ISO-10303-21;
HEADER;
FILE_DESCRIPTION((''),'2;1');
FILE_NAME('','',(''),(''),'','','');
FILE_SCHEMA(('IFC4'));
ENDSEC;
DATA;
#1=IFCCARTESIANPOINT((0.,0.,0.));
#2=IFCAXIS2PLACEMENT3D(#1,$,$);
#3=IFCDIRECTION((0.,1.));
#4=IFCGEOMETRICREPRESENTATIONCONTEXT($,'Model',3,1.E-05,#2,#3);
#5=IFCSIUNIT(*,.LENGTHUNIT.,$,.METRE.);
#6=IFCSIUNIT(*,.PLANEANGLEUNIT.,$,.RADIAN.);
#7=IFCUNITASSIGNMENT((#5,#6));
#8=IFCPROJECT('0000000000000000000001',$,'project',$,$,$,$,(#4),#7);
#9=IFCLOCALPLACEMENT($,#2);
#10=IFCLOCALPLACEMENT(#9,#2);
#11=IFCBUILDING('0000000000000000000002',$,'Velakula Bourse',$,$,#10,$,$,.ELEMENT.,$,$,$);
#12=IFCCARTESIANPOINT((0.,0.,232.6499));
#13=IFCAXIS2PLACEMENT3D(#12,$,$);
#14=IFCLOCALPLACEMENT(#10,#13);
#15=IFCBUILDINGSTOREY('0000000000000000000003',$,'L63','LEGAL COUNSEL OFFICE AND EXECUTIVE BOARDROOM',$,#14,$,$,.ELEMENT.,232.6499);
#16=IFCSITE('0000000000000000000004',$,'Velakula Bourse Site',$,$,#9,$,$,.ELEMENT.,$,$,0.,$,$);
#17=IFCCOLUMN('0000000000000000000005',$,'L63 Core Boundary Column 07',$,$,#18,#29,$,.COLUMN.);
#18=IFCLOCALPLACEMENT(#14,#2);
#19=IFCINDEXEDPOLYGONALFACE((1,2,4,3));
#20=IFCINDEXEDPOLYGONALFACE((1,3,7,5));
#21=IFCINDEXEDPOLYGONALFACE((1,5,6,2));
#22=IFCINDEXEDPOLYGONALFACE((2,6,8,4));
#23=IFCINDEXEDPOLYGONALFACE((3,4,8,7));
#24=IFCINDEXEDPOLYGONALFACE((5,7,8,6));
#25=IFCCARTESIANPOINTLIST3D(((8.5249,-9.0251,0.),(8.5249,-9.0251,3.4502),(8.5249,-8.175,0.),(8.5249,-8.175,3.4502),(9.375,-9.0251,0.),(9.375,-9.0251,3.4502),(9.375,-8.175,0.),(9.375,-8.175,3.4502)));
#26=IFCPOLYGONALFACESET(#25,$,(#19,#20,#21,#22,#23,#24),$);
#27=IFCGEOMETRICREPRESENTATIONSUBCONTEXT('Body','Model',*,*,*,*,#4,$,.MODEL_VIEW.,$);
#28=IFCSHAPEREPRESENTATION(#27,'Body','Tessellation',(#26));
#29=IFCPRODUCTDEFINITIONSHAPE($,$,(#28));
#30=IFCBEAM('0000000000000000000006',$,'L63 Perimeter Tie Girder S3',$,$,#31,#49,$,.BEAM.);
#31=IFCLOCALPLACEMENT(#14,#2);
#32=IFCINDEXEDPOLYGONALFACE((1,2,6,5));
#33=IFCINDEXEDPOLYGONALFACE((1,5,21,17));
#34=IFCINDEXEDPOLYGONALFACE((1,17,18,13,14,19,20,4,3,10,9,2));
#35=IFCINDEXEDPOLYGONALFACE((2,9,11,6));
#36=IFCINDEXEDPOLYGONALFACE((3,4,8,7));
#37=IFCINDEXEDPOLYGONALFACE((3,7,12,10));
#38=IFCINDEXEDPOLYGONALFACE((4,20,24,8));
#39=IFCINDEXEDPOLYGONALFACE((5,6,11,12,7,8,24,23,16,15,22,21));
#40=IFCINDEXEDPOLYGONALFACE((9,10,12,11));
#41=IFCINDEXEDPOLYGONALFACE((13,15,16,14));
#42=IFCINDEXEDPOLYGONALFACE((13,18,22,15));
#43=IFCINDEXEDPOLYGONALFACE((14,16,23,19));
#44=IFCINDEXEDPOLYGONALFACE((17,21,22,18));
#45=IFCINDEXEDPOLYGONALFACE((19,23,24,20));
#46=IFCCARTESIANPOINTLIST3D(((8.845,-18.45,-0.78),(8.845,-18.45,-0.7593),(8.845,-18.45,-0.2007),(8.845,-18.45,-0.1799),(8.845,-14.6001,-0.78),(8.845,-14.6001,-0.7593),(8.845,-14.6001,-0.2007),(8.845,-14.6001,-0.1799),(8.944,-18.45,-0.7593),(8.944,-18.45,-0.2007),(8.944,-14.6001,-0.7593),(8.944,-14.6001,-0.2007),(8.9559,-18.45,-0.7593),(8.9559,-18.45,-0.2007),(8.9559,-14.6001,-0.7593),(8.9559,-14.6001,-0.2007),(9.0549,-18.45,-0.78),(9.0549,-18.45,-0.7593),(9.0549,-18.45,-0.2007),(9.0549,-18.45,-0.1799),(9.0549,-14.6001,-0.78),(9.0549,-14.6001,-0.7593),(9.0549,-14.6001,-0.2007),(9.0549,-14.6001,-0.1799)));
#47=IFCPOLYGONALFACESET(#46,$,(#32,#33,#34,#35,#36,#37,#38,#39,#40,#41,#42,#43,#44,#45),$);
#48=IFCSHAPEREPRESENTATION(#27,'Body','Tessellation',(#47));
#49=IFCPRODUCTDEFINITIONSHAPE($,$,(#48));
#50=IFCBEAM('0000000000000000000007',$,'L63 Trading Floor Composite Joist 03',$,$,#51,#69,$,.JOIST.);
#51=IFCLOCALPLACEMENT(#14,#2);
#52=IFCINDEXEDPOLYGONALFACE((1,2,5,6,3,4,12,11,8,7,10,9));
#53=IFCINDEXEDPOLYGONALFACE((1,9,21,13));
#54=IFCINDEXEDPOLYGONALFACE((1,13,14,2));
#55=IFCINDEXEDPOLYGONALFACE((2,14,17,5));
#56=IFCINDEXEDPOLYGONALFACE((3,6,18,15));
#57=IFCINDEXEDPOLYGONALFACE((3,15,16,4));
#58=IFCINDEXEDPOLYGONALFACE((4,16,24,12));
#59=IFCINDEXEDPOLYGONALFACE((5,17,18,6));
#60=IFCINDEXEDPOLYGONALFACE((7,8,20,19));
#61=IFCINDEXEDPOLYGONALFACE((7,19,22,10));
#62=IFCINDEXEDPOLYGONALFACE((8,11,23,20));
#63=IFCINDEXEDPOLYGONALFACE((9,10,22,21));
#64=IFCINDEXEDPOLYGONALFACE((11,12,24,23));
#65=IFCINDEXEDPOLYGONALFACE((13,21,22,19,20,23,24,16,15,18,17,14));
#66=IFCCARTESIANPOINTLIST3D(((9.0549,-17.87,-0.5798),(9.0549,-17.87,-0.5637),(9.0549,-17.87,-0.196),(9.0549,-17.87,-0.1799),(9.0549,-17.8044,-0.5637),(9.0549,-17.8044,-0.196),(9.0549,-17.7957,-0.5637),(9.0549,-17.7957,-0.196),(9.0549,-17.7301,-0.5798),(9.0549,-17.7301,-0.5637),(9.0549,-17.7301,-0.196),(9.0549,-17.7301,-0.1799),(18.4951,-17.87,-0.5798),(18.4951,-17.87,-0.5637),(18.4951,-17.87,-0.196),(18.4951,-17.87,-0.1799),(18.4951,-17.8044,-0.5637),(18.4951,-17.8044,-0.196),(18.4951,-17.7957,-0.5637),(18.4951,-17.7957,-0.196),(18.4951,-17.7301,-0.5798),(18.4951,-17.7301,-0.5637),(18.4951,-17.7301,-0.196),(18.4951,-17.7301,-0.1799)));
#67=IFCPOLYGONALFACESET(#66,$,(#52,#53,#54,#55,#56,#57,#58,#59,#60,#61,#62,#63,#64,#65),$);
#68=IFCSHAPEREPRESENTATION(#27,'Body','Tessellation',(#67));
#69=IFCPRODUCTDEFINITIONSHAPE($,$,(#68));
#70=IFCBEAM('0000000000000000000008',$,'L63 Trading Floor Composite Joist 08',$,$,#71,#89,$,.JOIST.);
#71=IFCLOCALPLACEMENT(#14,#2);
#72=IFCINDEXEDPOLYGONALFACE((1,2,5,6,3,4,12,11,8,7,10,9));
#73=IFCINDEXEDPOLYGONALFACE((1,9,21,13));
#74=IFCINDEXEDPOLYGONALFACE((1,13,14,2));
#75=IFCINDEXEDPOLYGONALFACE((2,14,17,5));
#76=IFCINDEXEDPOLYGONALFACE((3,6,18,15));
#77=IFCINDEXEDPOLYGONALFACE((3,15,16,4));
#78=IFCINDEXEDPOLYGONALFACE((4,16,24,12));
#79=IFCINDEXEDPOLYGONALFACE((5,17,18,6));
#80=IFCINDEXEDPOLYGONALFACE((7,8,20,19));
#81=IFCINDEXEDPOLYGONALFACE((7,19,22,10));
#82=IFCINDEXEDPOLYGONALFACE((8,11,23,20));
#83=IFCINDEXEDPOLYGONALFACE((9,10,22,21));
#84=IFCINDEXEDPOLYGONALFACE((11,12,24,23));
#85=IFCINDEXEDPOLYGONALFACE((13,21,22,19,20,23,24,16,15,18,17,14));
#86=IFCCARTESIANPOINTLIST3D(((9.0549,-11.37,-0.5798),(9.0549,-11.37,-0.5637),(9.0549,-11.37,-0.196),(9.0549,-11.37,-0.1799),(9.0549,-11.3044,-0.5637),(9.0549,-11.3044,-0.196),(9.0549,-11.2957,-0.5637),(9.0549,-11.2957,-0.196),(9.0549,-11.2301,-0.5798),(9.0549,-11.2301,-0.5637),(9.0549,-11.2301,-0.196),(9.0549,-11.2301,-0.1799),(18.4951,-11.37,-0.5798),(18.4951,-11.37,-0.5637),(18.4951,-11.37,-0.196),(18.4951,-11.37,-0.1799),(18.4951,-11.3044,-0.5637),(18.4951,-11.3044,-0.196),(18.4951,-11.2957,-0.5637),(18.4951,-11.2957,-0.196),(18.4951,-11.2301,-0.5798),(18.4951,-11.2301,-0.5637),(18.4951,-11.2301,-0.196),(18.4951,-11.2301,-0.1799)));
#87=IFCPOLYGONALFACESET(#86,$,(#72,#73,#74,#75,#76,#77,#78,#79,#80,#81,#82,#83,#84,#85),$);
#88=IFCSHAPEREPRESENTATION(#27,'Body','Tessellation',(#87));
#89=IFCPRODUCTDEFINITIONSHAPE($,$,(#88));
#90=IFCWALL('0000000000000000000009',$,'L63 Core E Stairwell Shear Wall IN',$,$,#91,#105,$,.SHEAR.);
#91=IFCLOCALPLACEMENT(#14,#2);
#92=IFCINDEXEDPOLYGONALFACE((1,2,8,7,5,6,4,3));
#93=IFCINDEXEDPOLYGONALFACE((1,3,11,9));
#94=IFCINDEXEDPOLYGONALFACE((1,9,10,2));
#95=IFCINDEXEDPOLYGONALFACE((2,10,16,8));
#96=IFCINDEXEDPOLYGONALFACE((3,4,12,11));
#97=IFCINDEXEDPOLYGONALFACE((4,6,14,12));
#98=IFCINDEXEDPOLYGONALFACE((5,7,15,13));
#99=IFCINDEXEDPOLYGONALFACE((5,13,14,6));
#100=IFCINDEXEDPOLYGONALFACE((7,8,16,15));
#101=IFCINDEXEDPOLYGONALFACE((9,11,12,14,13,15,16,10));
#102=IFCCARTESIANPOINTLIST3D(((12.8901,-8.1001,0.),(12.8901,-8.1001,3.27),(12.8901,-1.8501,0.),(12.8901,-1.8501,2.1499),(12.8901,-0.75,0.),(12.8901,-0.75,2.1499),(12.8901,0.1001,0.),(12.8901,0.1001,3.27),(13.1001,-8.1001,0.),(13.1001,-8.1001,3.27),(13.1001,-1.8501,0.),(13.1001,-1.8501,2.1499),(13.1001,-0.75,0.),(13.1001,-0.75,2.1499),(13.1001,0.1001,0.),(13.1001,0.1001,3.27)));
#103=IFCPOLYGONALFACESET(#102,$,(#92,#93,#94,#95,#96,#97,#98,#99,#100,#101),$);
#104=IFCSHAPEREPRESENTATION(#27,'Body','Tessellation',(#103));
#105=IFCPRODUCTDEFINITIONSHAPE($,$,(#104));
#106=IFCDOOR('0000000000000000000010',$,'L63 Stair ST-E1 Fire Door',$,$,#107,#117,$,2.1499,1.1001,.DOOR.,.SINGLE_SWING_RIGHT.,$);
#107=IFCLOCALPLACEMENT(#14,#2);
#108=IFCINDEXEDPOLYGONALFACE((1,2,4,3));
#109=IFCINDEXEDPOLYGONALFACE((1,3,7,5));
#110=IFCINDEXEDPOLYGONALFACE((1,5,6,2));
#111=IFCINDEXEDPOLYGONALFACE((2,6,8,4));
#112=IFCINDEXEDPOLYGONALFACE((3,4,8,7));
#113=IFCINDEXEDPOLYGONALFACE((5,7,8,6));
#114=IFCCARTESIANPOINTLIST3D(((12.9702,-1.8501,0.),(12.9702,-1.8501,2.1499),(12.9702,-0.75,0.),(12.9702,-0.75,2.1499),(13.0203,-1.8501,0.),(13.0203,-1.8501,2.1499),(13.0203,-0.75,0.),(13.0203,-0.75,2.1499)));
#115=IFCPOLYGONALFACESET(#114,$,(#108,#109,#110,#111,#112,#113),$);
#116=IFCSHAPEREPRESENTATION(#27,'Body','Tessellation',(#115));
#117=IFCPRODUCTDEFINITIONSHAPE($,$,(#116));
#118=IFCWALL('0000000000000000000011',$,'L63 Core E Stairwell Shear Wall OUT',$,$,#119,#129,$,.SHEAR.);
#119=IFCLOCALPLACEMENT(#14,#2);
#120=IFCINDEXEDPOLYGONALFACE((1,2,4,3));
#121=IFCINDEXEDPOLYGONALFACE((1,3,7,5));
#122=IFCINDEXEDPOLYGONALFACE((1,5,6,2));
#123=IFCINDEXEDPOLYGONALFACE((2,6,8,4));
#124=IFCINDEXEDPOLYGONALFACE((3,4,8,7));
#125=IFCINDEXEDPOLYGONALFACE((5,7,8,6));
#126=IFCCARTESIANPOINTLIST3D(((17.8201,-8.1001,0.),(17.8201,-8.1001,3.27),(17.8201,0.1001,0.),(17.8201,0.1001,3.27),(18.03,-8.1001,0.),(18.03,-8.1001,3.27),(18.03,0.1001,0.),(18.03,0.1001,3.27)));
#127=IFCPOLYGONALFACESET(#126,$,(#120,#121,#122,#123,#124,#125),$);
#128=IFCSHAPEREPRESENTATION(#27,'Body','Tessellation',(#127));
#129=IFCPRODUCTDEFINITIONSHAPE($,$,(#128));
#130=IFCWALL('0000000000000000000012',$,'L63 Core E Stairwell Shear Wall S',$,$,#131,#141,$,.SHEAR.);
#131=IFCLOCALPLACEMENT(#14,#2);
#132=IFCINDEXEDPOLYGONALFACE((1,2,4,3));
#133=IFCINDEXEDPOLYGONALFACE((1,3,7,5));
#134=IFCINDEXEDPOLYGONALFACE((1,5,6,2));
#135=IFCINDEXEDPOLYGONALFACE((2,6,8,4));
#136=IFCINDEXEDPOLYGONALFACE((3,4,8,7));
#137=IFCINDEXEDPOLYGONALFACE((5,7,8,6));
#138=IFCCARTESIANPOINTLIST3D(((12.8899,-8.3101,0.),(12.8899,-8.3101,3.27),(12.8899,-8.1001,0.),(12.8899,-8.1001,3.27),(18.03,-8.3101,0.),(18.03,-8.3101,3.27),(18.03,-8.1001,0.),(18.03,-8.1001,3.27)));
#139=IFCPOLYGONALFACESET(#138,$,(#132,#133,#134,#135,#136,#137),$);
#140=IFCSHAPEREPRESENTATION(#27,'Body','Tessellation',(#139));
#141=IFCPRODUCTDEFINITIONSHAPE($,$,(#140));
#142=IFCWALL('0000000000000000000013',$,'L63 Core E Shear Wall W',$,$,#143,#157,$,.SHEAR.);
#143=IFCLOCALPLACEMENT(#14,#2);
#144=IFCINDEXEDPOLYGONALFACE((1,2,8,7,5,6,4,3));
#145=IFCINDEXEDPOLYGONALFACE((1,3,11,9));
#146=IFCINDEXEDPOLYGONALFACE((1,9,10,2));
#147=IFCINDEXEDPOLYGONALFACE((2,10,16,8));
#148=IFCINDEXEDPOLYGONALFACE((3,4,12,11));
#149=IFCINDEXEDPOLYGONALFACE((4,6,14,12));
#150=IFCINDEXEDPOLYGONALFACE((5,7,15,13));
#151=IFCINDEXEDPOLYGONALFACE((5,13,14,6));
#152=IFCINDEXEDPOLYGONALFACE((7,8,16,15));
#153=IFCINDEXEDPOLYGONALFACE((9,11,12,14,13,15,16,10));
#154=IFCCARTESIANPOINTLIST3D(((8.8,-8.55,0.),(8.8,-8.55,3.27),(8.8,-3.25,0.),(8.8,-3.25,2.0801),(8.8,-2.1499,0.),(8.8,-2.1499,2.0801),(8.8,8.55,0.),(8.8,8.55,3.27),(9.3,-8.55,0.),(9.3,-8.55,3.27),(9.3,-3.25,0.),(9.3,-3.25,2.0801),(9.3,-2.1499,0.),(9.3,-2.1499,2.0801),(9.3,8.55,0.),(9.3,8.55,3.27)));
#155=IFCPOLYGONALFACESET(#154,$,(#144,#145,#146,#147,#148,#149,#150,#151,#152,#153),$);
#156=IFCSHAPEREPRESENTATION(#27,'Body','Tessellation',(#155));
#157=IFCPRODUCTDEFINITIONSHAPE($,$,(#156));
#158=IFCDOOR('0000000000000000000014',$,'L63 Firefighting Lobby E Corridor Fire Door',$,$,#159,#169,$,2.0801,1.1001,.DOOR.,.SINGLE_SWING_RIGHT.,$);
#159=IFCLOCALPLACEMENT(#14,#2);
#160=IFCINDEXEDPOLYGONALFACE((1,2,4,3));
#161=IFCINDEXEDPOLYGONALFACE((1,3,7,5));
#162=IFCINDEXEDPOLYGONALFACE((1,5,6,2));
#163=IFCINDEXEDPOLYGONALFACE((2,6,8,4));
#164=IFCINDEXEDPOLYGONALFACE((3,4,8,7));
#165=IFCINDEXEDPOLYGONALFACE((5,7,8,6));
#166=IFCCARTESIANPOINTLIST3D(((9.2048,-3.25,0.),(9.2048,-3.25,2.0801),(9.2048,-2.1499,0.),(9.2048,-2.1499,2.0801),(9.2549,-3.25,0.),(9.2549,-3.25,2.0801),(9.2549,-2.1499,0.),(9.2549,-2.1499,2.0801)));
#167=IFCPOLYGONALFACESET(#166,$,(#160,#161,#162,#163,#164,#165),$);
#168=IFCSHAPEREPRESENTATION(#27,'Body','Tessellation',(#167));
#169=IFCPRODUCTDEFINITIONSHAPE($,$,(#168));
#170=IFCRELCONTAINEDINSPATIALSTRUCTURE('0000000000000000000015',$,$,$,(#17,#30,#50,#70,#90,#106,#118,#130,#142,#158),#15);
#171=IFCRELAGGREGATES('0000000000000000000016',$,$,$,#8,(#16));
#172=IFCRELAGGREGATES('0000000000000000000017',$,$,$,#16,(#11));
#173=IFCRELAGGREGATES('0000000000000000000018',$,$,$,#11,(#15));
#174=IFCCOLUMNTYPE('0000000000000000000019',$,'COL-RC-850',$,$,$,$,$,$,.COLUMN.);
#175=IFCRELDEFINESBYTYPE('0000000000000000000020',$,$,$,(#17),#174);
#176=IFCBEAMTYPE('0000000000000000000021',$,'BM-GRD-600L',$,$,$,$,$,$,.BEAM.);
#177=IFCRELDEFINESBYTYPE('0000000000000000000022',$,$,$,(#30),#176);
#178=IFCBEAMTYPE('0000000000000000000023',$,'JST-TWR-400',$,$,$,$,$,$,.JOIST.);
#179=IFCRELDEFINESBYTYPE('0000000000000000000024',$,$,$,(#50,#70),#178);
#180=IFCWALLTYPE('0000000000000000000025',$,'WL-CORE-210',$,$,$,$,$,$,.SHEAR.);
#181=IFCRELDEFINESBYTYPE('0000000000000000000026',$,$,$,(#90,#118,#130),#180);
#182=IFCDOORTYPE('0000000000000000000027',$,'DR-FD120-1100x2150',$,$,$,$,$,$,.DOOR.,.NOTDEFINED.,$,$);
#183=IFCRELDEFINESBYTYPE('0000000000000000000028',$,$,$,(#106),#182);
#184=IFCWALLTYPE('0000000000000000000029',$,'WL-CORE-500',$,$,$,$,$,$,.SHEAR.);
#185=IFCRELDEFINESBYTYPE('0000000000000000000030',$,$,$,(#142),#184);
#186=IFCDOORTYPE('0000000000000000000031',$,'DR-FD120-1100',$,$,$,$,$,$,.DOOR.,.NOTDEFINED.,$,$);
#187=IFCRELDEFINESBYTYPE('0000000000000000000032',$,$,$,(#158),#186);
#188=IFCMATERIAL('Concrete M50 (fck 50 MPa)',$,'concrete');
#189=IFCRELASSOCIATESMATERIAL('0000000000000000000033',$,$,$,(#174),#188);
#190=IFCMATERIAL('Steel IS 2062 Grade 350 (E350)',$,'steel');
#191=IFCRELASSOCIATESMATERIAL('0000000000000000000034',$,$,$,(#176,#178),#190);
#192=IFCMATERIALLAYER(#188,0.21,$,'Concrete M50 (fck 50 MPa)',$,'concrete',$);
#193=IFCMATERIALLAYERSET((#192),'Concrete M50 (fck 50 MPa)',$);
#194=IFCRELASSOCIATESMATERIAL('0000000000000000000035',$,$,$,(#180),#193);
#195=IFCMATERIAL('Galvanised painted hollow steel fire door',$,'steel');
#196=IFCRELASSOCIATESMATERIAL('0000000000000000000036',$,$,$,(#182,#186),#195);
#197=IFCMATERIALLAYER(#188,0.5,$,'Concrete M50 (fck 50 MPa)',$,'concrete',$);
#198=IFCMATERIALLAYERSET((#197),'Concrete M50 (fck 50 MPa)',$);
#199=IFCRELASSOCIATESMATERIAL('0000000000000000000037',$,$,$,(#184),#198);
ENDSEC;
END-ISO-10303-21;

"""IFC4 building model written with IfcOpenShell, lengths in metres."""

from ifc_helpers import new_model, si_unit, direction, frame, frame_2d, origin, origin_2d, place, context, subcontext, project, spatial, rectangle, i_section, extrude, material, layer, layer_set, material_profile, profile_set, type_object, element, fill, save


model = new_model("IFC4")

# Units and contexts
model_context = context("Model", 3, precision=1e-05, world=origin(), true_north=direction((0.0, 1.0)))
body_context = subcontext(model_context, "Body", "Model", "MODEL_VIEW")
ifc_project = project(units=[si_unit("LENGTHUNIT", "METRE"), si_unit("PLANEANGLEUNIT", "RADIAN")], contexts=[model_context])

# Site, building, storey
site_placement = place(None, origin())
site = spatial("IfcSite", under=ifc_project, at=site_placement, Name="Velakula Bourse Site", CompositionType="ELEMENT", RefElevation=0.0)
building_placement = place(site_placement, origin())
building = spatial("IfcBuilding", under=site, at=building_placement, Name="Velakula Bourse", CompositionType="ELEMENT")
storey_placement = place(building_placement, frame((0.0, 0.0, 232.6499)))
storey = spatial("IfcBuildingStorey", under=building, at=storey_placement, Name="L63", Description="LEGAL COUNSEL OFFICE AND EXECUTIVE BOARDROOM", CompositionType="ELEMENT", Elevation=232.6499)

# Column
ifc_material_1 = material(Name="Concrete M50 (fck 50 MPa)", Category="concrete")
ifc_material_profile_1 = material_profile(ifc_material_1, rectangle(XDim=0.8501, YDim=0.8501, at=origin_2d()), Name="Concrete M50 (fck 50 MPa)")
ifc_profile_set_1 = profile_set([ifc_material_profile_1], Name="Concrete M50 (fck 50 MPa)")
column_type = type_object("IfcColumnType", Name="COL-RC-850", PredefinedType="COLUMN", material=ifc_profile_set_1)
column_placement = place(storey_placement, frame((8.95, -8.6001, 0.0), z_axis=(0.0, 0.0, 1.0), x_axis=(1.0, 0.0, 0.0)))
element("IfcColumn", 1, at=column_placement, inside=storey, type_object=column_type, Name="L63 Core Boundary Column 07", PredefinedType="COLUMN", context=body_context, shape_type="SweptSolid", body=[
    extrude(rectangle(XDim=0.8501, YDim=0.8501, at=origin_2d()), origin(), (0.0, 0.0, 1.0), 3.4502),
])

# Beams
ifc_material_2 = material(Name="Steel IS 2062 Grade 350 (E350)", Category="steel")
ifc_material_profile_2 = material_profile(ifc_material_2, i_section(OverallWidth=0.21, OverallDepth=0.6001, WebThickness=0.012, FlangeThickness=0.0208, at=origin_2d()), Name="Steel IS 2062 Grade 350 (E350)")
ifc_profile_set_2 = profile_set([ifc_material_profile_2], Name="Steel IS 2062 Grade 350 (E350)")
beam_type_1 = type_object("IfcBeamType", Name="BM-GRD-600L", PredefinedType="BEAM", material=ifc_profile_set_2)
beam_placement = place(storey_placement, frame((8.95, -14.6001, -0.48), z_axis=(0.0, -1.0, 0.0), x_axis=(1.0, 0.0, 0.0)))
element("IfcBeam", 2, at=beam_placement, inside=storey, type_object=beam_type_1, Name="L63 Perimeter Tie Girder S3", PredefinedType="BEAM", context=body_context, shape_type="SweptSolid", body=[
    extrude(i_section(OverallWidth=0.21, OverallDepth=0.6001, WebThickness=0.012, FlangeThickness=0.0208, at=origin_2d()), origin(), (0.0, 0.0, 1.0), 3.8499),
])
ifc_material_profile_3 = material_profile(ifc_material_2, i_section(OverallWidth=0.1399, OverallDepth=0.3999, WebThickness=0.0088, FlangeThickness=0.0161, at=origin_2d()), Name="Steel IS 2062 Grade 350 (E350)")
ifc_profile_set_3 = profile_set([ifc_material_profile_3], Name="Steel IS 2062 Grade 350 (E350)")
beam_type_2 = type_object("IfcBeamType", Name="JST-TWR-400", PredefinedType="JOIST", material=ifc_profile_set_3)
for number, where, z_axis, x_axis, name in (
    (3, (9.0549, -17.8, -0.3799), (1.0, 0.0, 0.0), (0.0, 1.0, 0.0), "L63 Trading Floor Composite Joist 03"),
    (4, (9.0549, -11.3, -0.3799), (1.0, 0.0, 0.0), (0.0, 1.0, 0.0), "L63 Trading Floor Composite Joist 08"),
):
    element("IfcBeam", number, at=place(storey_placement, frame(where, z_axis=z_axis, x_axis=x_axis)), inside=storey, type_object=beam_type_2, Name=name, PredefinedType="JOIST", context=body_context, shape_type="SweptSolid", body=[
        extrude(i_section(OverallWidth=0.1399, OverallDepth=0.3999, WebThickness=0.0088, FlangeThickness=0.0161, at=origin_2d()), origin(), (0.0, 0.0, 1.0), 9.4402),
    ])

# Wall, opening, door
ifc_layer_1 = layer(ifc_material_1, 0.21, Name="Concrete M50 (fck 50 MPa)", Category="concrete")
ifc_layer_set_1 = layer_set([ifc_layer_1], Name="Concrete M50 (fck 50 MPa)")
wall_type_1 = type_object("IfcWallType", Name="WL-CORE-210", PredefinedType="SHEAR", material=ifc_layer_set_1)
wall_1_placement = place(storey_placement, frame((12.9951, -8.1001, 0.0), z_axis=(0.0, 0.0, 1.0), x_axis=(0.0, 1.0, 0.0)))
wall_1 = element("IfcWall", 5, at=wall_1_placement, inside=storey, type_object=wall_type_1, Name="L63 Core E Stairwell Shear Wall IN", PredefinedType="SHEAR", context=body_context, shape_type="SweptSolid", body=[
    extrude(rectangle(XDim=8.2002, YDim=0.21, at=frame_2d((4.1001, 0.0))), origin(), (0.0, 0.0, 1.0), 3.27),
])
opening_1_placement = place(wall_1_placement, frame((6.25, 0.0, 0.0)))
opening_1 = element("IfcOpeningElement", 6, at=opening_1_placement, cuts=wall_1, PredefinedType="OPENING", context=body_context, shape_type="SweptSolid", body=[
    extrude(rectangle(XDim=1.1001, YDim=2.1499, at=frame_2d((0.55, 1.075))), frame((0.0, 0.115, 0.0), z_axis=(0.0, -1.0, 0.0), x_axis=(1.0, 0.0, 0.0)), (0.0, 0.0, 1.0), 0.23),
])
ifc_material_3 = material(Name="Galvanised painted hollow steel fire door", Category="steel")
door_type_1 = type_object("IfcDoorType", Name="DR-FD120-1100x2150", OperationType="NOTDEFINED", PredefinedType="DOOR", material=ifc_material_3)
door_1_placement = place(opening_1_placement, origin())
door_1 = element("IfcDoor", 7, at=door_1_placement, inside=storey, type_object=door_type_1, Name="L63 Stair ST-E1 Fire Door", OperationType="SINGLE_SWING_RIGHT", OverallHeight=2.1499, OverallWidth=1.1001, PredefinedType="DOOR", context=body_context, shape_type="SweptSolid", body=[
    extrude(rectangle(XDim=1.1001, YDim=2.1499, at=frame_2d((0.55, 1.075))), frame((0.0, 0.0249, 0.0), z_axis=(0.0, -1.0, 0.0), x_axis=(1.0, 0.0, 0.0)), (0.0, 0.0, 1.0), 0.05),
])
fill(opening_1, door_1)

# Walls
wall_2_placement = place(storey_placement, frame((17.925, -8.1001, 0.0), z_axis=(0.0, 0.0, 1.0), x_axis=(0.0, 1.0, 0.0)))
element("IfcWall", 8, at=wall_2_placement, inside=storey, type_object=wall_type_1, Name="L63 Core E Stairwell Shear Wall OUT", PredefinedType="SHEAR", context=body_context, shape_type="SweptSolid", body=[
    extrude(rectangle(XDim=8.2002, YDim=0.21, at=frame_2d((4.1001, 0.0))), origin(), (0.0, 0.0, 1.0), 3.27),
])
wall_3_placement = place(storey_placement, frame((12.8899, -8.2051, 0.0), z_axis=(0.0, 0.0, 1.0), x_axis=(1.0, 0.0, 0.0)))
element("IfcWall", 9, at=wall_3_placement, inside=storey, type_object=wall_type_1, Name="L63 Core E Stairwell Shear Wall S", PredefinedType="SHEAR", context=body_context, shape_type="SweptSolid", body=[
    extrude(rectangle(XDim=5.1401, YDim=0.21, at=frame_2d((2.5701, 0.0))), origin(), (0.0, 0.0, 1.0), 3.27),
])

# Wall, opening, door
ifc_layer_2 = layer(ifc_material_1, 0.5, Name="Concrete M50 (fck 50 MPa)", Category="concrete")
ifc_layer_set_2 = layer_set([ifc_layer_2], Name="Concrete M50 (fck 50 MPa)")
wall_type_2 = type_object("IfcWallType", Name="WL-CORE-500", PredefinedType="SHEAR", material=ifc_layer_set_2)
wall_4_placement = place(storey_placement, frame((9.05, -8.55, 0.0), z_axis=(0.0, 0.0, 1.0), x_axis=(0.0, 1.0, 0.0)))
wall_4 = element("IfcWall", 10, at=wall_4_placement, inside=storey, type_object=wall_type_2, Name="L63 Core E Shear Wall W", PredefinedType="SHEAR", context=body_context, shape_type="SweptSolid", body=[
    extrude(rectangle(XDim=17.1001, YDim=0.5, at=frame_2d((8.55, 0.0))), origin(), (0.0, 0.0, 1.0), 3.27),
])
opening_2_placement = place(wall_4_placement, frame((5.3, 0.0, 0.0)))
opening_2 = element("IfcOpeningElement", 11, at=opening_2_placement, cuts=wall_4, PredefinedType="OPENING", context=body_context, shape_type="SweptSolid", body=[
    extrude(rectangle(XDim=1.1001, YDim=2.0801, at=frame_2d((0.55, 1.04))), frame((0.0, 0.26, 0.0), z_axis=(0.0, -1.0, 0.0), x_axis=(1.0, 0.0, 0.0)), (0.0, 0.0, 1.0), 0.52),
])
door_type_2 = type_object("IfcDoorType", Name="DR-FD120-1100", OperationType="NOTDEFINED", PredefinedType="DOOR", material=ifc_material_3)
door_2_placement = place(opening_2_placement, origin())
door_2 = element("IfcDoor", 12, at=door_2_placement, inside=storey, type_object=door_type_2, Name="L63 Firefighting Lobby E Corridor Fire Door", OperationType="SINGLE_SWING_RIGHT", OverallHeight=2.0801, OverallWidth=1.1001, PredefinedType="DOOR", context=body_context, shape_type="SweptSolid", body=[
    extrude(rectangle(XDim=1.1001, YDim=2.0801, at=frame_2d((0.55, 1.04))), frame((0.0, -0.1548, 0.0), z_axis=(0.0, -1.0, 0.0), x_axis=(1.0, 0.0, 0.0)), (0.0, 0.0, 1.0), 0.05),
])
fill(opening_2, door_2)

save(model, "model.ifc")
